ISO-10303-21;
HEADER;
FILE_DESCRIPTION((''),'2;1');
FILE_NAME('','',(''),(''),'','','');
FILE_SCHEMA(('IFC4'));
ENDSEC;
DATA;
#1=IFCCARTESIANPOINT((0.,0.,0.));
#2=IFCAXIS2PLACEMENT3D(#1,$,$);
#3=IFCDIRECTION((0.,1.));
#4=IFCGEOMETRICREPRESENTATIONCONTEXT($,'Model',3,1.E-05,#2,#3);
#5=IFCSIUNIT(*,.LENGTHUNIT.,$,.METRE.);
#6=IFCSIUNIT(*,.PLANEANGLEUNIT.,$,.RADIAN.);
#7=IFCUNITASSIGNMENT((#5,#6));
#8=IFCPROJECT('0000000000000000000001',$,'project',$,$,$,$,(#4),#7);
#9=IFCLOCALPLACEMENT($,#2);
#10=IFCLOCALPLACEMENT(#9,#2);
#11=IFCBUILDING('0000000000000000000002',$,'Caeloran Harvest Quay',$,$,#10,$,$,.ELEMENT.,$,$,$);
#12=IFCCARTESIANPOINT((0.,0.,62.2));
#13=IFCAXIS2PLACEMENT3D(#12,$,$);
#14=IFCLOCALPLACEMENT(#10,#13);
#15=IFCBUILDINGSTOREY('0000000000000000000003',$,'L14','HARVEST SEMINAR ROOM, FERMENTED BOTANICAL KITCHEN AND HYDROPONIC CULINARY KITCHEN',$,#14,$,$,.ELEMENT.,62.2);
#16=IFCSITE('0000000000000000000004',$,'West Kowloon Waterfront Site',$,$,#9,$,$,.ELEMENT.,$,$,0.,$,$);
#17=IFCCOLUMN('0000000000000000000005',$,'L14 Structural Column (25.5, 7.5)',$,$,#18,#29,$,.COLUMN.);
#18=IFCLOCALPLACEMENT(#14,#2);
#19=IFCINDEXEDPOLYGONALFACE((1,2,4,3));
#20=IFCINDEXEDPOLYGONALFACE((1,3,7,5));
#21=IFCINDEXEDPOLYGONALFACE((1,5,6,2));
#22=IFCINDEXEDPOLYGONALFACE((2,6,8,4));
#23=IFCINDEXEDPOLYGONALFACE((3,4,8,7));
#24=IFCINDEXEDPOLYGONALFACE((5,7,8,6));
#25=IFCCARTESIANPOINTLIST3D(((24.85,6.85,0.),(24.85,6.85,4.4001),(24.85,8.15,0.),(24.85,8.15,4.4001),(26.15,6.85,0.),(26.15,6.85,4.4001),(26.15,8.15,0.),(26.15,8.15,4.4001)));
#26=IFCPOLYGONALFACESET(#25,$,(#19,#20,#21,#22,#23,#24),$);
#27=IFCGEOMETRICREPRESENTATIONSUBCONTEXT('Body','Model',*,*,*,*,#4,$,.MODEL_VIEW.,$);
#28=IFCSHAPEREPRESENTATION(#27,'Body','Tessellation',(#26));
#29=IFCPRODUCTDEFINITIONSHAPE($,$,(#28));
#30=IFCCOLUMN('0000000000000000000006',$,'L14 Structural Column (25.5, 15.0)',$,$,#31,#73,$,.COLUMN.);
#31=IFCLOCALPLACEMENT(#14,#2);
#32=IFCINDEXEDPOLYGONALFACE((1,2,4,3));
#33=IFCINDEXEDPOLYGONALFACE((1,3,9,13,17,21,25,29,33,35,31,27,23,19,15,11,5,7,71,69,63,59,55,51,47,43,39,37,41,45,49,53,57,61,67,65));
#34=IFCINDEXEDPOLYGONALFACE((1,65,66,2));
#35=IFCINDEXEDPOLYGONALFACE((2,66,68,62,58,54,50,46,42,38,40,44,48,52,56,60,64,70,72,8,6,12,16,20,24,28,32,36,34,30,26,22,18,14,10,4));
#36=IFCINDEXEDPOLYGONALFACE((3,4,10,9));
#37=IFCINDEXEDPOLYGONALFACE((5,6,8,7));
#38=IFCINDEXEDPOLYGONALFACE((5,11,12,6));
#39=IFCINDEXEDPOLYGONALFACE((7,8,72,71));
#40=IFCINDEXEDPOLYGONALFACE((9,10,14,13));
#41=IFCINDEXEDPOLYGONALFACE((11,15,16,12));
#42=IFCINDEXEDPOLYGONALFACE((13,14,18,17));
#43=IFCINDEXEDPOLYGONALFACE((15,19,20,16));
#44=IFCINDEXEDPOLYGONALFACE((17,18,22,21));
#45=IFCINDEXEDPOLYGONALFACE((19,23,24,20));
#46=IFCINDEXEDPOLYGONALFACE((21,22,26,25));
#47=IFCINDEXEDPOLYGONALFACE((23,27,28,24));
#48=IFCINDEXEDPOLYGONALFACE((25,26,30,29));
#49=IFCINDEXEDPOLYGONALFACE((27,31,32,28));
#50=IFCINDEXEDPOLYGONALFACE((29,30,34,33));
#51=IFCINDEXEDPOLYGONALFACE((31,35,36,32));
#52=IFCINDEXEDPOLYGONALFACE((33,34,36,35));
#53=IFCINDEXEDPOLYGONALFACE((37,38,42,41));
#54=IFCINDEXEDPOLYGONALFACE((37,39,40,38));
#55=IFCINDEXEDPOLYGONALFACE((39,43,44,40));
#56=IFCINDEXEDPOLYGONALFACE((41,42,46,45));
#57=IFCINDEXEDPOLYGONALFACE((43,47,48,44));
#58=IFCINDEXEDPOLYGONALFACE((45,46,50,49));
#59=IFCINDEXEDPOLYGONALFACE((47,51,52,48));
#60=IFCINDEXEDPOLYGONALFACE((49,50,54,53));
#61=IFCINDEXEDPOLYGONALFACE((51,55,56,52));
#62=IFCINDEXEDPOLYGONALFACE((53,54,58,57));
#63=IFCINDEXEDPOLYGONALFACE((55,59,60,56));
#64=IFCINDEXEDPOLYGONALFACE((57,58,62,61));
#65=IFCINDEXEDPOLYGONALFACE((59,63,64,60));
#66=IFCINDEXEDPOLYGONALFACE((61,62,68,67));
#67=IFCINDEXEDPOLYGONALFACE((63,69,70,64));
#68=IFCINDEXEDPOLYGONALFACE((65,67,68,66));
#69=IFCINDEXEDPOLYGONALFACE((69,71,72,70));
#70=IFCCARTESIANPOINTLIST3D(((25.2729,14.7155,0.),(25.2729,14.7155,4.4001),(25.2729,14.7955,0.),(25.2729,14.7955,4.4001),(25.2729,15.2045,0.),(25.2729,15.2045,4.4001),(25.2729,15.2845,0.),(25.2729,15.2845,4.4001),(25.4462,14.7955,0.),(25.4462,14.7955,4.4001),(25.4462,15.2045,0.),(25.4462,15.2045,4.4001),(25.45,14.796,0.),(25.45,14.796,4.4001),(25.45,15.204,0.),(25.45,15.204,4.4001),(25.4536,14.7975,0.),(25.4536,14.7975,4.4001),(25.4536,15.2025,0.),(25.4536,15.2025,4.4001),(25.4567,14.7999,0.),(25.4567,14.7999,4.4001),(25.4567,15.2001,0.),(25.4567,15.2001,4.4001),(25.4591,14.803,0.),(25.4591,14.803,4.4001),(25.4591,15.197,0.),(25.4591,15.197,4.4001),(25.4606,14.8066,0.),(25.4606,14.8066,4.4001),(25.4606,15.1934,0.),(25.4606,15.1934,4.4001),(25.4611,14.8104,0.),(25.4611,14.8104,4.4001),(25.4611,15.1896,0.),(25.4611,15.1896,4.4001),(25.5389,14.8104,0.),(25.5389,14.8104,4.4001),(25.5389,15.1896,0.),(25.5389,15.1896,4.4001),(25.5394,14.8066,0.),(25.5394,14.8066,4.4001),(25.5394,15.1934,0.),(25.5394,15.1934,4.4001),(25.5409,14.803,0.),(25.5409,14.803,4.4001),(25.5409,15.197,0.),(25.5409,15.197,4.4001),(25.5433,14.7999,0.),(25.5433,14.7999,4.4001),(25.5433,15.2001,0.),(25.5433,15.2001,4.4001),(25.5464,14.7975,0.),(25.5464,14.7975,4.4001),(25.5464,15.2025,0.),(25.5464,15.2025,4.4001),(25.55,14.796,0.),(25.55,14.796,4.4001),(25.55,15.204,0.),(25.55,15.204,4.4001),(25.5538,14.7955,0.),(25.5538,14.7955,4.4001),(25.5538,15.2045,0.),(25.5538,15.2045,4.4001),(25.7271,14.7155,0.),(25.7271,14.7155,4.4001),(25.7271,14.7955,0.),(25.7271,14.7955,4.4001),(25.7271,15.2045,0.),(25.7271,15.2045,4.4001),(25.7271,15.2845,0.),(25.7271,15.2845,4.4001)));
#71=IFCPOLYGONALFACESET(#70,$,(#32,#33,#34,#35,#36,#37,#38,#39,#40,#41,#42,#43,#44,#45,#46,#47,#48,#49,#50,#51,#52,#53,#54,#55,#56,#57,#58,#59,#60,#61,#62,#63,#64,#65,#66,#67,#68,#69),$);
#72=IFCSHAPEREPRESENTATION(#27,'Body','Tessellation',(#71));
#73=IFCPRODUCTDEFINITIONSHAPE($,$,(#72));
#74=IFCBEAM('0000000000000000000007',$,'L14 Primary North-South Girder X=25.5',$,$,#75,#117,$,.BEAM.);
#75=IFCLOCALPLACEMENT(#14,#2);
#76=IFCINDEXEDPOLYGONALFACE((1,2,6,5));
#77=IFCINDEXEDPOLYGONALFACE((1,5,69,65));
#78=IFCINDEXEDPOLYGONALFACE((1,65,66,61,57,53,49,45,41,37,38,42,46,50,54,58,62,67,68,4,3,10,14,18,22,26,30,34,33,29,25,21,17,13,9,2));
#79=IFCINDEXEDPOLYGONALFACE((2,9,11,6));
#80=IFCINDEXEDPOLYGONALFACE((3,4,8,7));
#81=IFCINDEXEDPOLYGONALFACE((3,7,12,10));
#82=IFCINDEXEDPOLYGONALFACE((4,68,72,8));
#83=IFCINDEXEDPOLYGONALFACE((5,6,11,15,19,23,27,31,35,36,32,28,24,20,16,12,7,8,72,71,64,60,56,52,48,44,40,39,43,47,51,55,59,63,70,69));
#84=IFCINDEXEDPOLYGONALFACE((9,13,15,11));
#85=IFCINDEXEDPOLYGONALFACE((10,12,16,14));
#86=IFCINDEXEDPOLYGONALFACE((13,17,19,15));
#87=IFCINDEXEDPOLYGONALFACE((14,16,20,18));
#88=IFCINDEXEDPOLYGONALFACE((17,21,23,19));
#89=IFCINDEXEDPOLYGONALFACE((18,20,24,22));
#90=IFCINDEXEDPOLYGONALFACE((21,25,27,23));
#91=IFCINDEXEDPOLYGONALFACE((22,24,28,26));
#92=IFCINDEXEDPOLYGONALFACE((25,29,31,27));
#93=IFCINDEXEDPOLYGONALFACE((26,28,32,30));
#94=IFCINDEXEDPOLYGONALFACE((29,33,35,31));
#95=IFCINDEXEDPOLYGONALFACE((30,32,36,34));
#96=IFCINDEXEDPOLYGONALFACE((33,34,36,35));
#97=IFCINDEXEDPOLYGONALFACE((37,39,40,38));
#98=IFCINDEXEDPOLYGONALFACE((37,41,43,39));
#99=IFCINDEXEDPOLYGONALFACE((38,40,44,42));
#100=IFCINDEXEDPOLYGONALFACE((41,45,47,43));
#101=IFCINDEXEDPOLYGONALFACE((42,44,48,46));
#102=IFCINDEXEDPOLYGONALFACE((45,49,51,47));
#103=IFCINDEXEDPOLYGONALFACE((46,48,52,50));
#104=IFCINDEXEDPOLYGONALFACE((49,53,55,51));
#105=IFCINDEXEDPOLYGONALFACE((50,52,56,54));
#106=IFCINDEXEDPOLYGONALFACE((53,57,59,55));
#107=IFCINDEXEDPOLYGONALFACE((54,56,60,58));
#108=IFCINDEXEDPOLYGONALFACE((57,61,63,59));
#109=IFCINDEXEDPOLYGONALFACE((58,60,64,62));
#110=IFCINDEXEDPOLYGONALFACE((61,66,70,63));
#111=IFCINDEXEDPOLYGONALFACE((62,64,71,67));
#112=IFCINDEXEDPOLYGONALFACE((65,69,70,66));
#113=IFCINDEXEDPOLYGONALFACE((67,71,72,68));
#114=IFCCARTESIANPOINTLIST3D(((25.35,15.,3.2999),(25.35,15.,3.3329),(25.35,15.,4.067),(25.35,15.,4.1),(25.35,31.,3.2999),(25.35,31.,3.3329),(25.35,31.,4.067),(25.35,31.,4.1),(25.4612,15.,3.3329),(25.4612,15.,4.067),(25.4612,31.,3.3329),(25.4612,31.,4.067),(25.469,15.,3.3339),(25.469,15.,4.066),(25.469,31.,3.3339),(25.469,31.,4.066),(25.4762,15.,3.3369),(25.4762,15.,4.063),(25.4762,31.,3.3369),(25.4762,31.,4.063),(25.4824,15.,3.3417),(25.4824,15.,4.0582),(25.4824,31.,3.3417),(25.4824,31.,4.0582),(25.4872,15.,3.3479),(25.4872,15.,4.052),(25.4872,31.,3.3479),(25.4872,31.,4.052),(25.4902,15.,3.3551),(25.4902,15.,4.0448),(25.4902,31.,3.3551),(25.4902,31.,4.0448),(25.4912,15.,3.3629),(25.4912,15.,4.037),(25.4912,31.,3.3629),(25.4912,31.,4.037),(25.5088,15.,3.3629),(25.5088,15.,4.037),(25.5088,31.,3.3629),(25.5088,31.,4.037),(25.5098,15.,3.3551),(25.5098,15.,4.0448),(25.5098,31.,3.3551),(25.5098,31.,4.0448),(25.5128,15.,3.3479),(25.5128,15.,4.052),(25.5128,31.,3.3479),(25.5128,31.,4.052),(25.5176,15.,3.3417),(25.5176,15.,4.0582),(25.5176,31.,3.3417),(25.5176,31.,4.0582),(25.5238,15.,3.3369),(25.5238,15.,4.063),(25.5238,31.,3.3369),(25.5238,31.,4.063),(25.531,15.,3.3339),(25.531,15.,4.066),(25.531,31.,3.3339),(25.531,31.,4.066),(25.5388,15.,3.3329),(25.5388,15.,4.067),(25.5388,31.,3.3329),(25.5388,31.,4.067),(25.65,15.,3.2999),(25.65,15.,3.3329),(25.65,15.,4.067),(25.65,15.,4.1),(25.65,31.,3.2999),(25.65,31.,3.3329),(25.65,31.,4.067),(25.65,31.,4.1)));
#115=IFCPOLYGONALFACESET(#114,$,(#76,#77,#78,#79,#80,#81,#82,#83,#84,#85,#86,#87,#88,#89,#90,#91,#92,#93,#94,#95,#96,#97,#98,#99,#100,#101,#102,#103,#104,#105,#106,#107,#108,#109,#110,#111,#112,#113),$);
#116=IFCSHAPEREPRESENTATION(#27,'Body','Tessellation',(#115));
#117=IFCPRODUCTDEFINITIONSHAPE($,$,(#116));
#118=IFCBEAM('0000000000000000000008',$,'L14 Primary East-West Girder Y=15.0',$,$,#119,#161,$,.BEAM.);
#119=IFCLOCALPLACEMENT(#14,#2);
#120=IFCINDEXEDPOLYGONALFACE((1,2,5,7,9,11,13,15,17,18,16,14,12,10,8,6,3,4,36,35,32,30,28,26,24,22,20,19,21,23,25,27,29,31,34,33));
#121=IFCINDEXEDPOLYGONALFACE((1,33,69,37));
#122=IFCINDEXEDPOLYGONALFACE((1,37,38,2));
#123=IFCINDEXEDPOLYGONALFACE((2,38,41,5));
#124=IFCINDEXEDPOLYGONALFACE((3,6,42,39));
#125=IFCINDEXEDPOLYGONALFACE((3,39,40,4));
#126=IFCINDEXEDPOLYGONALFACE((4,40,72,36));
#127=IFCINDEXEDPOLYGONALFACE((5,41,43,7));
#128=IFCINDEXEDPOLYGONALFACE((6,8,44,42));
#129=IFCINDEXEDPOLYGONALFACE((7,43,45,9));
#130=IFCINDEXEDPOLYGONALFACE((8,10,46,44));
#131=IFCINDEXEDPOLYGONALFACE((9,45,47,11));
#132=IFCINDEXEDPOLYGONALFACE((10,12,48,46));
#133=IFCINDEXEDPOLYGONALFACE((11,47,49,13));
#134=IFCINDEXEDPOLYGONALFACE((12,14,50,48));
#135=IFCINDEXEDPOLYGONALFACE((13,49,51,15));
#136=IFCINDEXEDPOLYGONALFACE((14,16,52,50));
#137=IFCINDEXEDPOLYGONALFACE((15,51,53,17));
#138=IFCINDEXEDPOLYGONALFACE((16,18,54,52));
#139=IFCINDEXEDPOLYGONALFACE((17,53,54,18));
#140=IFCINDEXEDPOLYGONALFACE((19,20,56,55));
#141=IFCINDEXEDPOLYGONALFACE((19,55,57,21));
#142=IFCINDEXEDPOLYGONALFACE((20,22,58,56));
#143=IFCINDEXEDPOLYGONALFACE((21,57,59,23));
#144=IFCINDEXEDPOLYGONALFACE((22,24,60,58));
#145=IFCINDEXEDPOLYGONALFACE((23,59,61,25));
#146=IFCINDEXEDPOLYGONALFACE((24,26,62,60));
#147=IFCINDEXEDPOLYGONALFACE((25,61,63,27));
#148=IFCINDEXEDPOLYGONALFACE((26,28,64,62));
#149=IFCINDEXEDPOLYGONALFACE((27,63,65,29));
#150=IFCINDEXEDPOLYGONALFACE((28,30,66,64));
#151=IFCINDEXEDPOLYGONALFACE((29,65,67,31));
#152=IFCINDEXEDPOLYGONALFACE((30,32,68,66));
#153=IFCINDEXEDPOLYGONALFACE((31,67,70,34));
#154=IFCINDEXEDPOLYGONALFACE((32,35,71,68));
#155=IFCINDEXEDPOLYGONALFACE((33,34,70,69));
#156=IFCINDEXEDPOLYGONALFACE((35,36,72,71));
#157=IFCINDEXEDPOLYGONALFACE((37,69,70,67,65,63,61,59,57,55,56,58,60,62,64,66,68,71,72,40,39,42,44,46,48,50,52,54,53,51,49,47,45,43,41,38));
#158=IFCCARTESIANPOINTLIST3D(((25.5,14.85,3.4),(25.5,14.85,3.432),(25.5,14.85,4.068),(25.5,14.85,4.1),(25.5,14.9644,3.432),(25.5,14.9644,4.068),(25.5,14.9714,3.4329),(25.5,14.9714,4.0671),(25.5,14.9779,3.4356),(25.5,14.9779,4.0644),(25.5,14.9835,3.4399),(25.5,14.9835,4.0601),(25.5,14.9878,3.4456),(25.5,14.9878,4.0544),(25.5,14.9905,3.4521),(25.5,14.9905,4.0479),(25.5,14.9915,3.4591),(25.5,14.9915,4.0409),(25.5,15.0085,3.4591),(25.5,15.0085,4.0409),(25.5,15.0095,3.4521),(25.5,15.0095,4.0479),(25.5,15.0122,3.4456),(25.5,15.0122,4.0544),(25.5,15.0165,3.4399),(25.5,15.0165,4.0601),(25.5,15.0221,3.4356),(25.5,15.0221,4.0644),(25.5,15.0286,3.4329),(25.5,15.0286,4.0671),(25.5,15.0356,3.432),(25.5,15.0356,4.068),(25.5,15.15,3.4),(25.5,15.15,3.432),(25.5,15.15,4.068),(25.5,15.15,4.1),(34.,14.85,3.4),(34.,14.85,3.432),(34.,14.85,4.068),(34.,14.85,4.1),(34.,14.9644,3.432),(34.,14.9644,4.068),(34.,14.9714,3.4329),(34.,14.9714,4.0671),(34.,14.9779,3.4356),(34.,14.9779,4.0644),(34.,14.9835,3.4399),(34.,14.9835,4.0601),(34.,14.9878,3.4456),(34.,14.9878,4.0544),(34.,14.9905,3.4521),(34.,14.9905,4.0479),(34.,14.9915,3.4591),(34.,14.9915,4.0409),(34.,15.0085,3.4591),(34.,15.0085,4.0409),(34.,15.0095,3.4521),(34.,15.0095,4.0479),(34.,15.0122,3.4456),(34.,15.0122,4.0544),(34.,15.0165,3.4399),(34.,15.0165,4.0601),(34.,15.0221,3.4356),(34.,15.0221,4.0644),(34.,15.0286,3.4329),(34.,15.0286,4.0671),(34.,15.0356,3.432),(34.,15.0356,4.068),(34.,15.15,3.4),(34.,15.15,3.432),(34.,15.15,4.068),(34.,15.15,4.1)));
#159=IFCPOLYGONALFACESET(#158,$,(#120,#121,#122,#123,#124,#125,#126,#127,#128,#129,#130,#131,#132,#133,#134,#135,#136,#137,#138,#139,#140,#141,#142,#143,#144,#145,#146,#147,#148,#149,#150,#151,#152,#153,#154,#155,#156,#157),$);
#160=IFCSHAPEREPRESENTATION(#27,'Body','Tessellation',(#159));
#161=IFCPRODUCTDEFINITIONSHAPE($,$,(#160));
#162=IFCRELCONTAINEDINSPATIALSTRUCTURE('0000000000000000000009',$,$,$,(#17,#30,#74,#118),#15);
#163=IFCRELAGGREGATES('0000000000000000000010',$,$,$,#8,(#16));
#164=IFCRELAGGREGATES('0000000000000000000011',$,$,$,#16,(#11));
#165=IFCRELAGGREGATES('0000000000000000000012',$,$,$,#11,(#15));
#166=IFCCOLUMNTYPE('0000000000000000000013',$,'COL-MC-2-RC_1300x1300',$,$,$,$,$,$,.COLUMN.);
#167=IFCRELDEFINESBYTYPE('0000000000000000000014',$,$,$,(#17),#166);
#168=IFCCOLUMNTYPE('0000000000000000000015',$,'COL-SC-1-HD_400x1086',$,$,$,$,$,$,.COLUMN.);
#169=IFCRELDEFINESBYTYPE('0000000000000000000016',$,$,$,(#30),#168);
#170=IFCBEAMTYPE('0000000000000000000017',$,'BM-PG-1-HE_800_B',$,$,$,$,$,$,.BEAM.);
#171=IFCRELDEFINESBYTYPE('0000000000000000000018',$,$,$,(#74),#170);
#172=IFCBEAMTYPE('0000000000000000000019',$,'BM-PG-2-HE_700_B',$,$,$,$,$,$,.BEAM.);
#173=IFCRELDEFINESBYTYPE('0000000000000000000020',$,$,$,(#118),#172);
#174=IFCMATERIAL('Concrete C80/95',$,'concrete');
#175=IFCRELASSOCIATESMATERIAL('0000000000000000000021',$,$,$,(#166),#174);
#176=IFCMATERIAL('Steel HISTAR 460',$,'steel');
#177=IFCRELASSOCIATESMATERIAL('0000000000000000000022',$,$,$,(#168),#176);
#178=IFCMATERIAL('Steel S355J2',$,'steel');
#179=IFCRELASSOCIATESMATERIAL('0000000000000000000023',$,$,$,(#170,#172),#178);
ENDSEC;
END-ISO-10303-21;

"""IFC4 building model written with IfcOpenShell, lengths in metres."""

from ifc_helpers import new_model, si_unit, direction, frame, origin, origin_2d, place, context, subcontext, project, spatial, rectangle, i_section, extrude, material, material_profile, profile_set, type_object, element, save


model = new_model("IFC4")

# Units and contexts
model_context = context("Model", 3, precision=1e-05, world=origin(), true_north=direction((0.0, 1.0)))
body_context = subcontext(model_context, "Body", "Model", "MODEL_VIEW")
ifc_project = project(units=[si_unit("LENGTHUNIT", "METRE"), si_unit("PLANEANGLEUNIT", "RADIAN")], contexts=[model_context])

# Site, building, storey
site_placement = place(None, origin())
site = spatial("IfcSite", under=ifc_project, at=site_placement, Name="West Kowloon Waterfront Site", CompositionType="ELEMENT", RefElevation=0.0)
building_placement = place(site_placement, origin())
building = spatial("IfcBuilding", under=site, at=building_placement, Name="Caeloran Harvest Quay", CompositionType="ELEMENT")
storey_placement = place(building_placement, frame((0.0, 0.0, 62.2)))
storey = spatial("IfcBuildingStorey", under=building, at=storey_placement, Name="L14", Description="HARVEST SEMINAR ROOM, FERMENTED BOTANICAL KITCHEN AND HYDROPONIC CULINARY KITCHEN", CompositionType="ELEMENT", Elevation=62.2)

# Columns
ifc_material_1 = material(Name="Concrete C80/95", Category="concrete")
ifc_material_profile_1 = material_profile(ifc_material_1, rectangle(XDim=1.3, YDim=1.3, at=origin_2d()), Name="RC 1300x1300")
ifc_profile_set_1 = profile_set([ifc_material_profile_1], Name="Concrete C80/95")
column_type_1 = type_object("IfcColumnType", Name="COL-MC-2-RC_1300x1300", PredefinedType="COLUMN", material=ifc_profile_set_1)
column_1_placement = place(storey_placement, frame((25.5, 7.5, 0.0), z_axis=(0.0, 0.0, 1.0), x_axis=(1.0, 0.0, 0.0)))
element("IfcColumn", 1, at=column_1_placement, inside=storey, type_object=column_type_1, Name="L14 Structural Column (25.5, 7.5)", PredefinedType="COLUMN", context=body_context, shape_type="SweptSolid", body=[
    extrude(rectangle(XDim=1.3, YDim=1.3, at=origin_2d()), origin(), (0.0, 0.0, 1.0), 4.4001),
])
ifc_material_2 = material(Name="Steel HISTAR 460", Category="steel")
ifc_material_profile_2 = material_profile(ifc_material_2, i_section(OverallWidth=0.4541, OverallDepth=0.5691, WebThickness=0.0779, FlangeThickness=0.0801, FilletRadius=0.0149, at=origin_2d()), Name="HD 400x1086")
ifc_profile_set_2 = profile_set([ifc_material_profile_2], Name="Steel HISTAR 460")
column_type_2 = type_object("IfcColumnType", Name="COL-SC-1-HD_400x1086", PredefinedType="COLUMN", material=ifc_profile_set_2)
column_2_placement = place(storey_placement, frame((25.5, 15.0, 0.0), z_axis=(0.0, 0.0, 1.0), x_axis=(1.0, 0.0, 0.0)))
element("IfcColumn", 2, at=column_2_placement, inside=storey, type_object=column_type_2, Name="L14 Structural Column (25.5, 15.0)", PredefinedType="COLUMN", context=body_context, shape_type="SweptSolid", body=[
    extrude(i_section(OverallWidth=0.4541, OverallDepth=0.5691, WebThickness=0.0779, FlangeThickness=0.0801, FilletRadius=0.0149, at=origin_2d()), origin(), (0.0, 0.0, 1.0), 4.4001),
])

# Beams
ifc_material_3 = material(Name="Steel S355J2", Category="steel")
ifc_material_profile_3 = material_profile(ifc_material_3, i_section(OverallWidth=0.3, OverallDepth=0.8, WebThickness=0.0176, FlangeThickness=0.033, FilletRadius=0.03, at=origin_2d()), Name="HE 800 B")
ifc_profile_set_3 = profile_set([ifc_material_profile_3], Name="Steel S355J2")
beam_type_1 = type_object("IfcBeamType", Name="BM-PG-1-HE_800_B", PredefinedType="BEAM", material=ifc_profile_set_3)
beam_1_placement = place(storey_placement, frame((25.5, 15.0, 3.7), z_axis=(0.0, 1.0, 0.0), x_axis=(-1.0, 0.0, 0.0)))
element("IfcBeam", 3, at=beam_1_placement, inside=storey, type_object=beam_type_1, Name="L14 Primary North-South Girder X=25.5", PredefinedType="BEAM", context=body_context, shape_type="SweptSolid", body=[
    extrude(i_section(OverallWidth=0.3, OverallDepth=0.8, WebThickness=0.0176, FlangeThickness=0.033, FilletRadius=0.03, at=origin_2d()), origin(), (0.0, 0.0, 1.0), 16.0),
])
ifc_material_profile_4 = material_profile(ifc_material_3, i_section(OverallWidth=0.3, OverallDepth=0.7, WebThickness=0.0171, FlangeThickness=0.032, FilletRadius=0.0271, at=origin_2d()), Name="HE 700 B")
ifc_profile_set_4 = profile_set([ifc_material_profile_4], Name="Steel S355J2")
beam_type_2 = type_object("IfcBeamType", Name="BM-PG-2-HE_700_B", PredefinedType="BEAM", material=ifc_profile_set_4)
beam_2_placement = place(storey_placement, frame((25.5, 15.0, 3.75), z_axis=(1.0, 0.0, 0.0), x_axis=(0.0, 1.0, 0.0)))
element("IfcBeam", 4, at=beam_2_placement, inside=storey, type_object=beam_type_2, Name="L14 Primary East-West Girder Y=15.0", PredefinedType="BEAM", context=body_context, shape_type="SweptSolid", body=[
    extrude(i_section(OverallWidth=0.3, OverallDepth=0.7, WebThickness=0.0171, FlangeThickness=0.032, FilletRadius=0.0271, at=origin_2d()), origin(), (0.0, 0.0, 1.0), 8.5),
])

save(model, "model.ifc")
